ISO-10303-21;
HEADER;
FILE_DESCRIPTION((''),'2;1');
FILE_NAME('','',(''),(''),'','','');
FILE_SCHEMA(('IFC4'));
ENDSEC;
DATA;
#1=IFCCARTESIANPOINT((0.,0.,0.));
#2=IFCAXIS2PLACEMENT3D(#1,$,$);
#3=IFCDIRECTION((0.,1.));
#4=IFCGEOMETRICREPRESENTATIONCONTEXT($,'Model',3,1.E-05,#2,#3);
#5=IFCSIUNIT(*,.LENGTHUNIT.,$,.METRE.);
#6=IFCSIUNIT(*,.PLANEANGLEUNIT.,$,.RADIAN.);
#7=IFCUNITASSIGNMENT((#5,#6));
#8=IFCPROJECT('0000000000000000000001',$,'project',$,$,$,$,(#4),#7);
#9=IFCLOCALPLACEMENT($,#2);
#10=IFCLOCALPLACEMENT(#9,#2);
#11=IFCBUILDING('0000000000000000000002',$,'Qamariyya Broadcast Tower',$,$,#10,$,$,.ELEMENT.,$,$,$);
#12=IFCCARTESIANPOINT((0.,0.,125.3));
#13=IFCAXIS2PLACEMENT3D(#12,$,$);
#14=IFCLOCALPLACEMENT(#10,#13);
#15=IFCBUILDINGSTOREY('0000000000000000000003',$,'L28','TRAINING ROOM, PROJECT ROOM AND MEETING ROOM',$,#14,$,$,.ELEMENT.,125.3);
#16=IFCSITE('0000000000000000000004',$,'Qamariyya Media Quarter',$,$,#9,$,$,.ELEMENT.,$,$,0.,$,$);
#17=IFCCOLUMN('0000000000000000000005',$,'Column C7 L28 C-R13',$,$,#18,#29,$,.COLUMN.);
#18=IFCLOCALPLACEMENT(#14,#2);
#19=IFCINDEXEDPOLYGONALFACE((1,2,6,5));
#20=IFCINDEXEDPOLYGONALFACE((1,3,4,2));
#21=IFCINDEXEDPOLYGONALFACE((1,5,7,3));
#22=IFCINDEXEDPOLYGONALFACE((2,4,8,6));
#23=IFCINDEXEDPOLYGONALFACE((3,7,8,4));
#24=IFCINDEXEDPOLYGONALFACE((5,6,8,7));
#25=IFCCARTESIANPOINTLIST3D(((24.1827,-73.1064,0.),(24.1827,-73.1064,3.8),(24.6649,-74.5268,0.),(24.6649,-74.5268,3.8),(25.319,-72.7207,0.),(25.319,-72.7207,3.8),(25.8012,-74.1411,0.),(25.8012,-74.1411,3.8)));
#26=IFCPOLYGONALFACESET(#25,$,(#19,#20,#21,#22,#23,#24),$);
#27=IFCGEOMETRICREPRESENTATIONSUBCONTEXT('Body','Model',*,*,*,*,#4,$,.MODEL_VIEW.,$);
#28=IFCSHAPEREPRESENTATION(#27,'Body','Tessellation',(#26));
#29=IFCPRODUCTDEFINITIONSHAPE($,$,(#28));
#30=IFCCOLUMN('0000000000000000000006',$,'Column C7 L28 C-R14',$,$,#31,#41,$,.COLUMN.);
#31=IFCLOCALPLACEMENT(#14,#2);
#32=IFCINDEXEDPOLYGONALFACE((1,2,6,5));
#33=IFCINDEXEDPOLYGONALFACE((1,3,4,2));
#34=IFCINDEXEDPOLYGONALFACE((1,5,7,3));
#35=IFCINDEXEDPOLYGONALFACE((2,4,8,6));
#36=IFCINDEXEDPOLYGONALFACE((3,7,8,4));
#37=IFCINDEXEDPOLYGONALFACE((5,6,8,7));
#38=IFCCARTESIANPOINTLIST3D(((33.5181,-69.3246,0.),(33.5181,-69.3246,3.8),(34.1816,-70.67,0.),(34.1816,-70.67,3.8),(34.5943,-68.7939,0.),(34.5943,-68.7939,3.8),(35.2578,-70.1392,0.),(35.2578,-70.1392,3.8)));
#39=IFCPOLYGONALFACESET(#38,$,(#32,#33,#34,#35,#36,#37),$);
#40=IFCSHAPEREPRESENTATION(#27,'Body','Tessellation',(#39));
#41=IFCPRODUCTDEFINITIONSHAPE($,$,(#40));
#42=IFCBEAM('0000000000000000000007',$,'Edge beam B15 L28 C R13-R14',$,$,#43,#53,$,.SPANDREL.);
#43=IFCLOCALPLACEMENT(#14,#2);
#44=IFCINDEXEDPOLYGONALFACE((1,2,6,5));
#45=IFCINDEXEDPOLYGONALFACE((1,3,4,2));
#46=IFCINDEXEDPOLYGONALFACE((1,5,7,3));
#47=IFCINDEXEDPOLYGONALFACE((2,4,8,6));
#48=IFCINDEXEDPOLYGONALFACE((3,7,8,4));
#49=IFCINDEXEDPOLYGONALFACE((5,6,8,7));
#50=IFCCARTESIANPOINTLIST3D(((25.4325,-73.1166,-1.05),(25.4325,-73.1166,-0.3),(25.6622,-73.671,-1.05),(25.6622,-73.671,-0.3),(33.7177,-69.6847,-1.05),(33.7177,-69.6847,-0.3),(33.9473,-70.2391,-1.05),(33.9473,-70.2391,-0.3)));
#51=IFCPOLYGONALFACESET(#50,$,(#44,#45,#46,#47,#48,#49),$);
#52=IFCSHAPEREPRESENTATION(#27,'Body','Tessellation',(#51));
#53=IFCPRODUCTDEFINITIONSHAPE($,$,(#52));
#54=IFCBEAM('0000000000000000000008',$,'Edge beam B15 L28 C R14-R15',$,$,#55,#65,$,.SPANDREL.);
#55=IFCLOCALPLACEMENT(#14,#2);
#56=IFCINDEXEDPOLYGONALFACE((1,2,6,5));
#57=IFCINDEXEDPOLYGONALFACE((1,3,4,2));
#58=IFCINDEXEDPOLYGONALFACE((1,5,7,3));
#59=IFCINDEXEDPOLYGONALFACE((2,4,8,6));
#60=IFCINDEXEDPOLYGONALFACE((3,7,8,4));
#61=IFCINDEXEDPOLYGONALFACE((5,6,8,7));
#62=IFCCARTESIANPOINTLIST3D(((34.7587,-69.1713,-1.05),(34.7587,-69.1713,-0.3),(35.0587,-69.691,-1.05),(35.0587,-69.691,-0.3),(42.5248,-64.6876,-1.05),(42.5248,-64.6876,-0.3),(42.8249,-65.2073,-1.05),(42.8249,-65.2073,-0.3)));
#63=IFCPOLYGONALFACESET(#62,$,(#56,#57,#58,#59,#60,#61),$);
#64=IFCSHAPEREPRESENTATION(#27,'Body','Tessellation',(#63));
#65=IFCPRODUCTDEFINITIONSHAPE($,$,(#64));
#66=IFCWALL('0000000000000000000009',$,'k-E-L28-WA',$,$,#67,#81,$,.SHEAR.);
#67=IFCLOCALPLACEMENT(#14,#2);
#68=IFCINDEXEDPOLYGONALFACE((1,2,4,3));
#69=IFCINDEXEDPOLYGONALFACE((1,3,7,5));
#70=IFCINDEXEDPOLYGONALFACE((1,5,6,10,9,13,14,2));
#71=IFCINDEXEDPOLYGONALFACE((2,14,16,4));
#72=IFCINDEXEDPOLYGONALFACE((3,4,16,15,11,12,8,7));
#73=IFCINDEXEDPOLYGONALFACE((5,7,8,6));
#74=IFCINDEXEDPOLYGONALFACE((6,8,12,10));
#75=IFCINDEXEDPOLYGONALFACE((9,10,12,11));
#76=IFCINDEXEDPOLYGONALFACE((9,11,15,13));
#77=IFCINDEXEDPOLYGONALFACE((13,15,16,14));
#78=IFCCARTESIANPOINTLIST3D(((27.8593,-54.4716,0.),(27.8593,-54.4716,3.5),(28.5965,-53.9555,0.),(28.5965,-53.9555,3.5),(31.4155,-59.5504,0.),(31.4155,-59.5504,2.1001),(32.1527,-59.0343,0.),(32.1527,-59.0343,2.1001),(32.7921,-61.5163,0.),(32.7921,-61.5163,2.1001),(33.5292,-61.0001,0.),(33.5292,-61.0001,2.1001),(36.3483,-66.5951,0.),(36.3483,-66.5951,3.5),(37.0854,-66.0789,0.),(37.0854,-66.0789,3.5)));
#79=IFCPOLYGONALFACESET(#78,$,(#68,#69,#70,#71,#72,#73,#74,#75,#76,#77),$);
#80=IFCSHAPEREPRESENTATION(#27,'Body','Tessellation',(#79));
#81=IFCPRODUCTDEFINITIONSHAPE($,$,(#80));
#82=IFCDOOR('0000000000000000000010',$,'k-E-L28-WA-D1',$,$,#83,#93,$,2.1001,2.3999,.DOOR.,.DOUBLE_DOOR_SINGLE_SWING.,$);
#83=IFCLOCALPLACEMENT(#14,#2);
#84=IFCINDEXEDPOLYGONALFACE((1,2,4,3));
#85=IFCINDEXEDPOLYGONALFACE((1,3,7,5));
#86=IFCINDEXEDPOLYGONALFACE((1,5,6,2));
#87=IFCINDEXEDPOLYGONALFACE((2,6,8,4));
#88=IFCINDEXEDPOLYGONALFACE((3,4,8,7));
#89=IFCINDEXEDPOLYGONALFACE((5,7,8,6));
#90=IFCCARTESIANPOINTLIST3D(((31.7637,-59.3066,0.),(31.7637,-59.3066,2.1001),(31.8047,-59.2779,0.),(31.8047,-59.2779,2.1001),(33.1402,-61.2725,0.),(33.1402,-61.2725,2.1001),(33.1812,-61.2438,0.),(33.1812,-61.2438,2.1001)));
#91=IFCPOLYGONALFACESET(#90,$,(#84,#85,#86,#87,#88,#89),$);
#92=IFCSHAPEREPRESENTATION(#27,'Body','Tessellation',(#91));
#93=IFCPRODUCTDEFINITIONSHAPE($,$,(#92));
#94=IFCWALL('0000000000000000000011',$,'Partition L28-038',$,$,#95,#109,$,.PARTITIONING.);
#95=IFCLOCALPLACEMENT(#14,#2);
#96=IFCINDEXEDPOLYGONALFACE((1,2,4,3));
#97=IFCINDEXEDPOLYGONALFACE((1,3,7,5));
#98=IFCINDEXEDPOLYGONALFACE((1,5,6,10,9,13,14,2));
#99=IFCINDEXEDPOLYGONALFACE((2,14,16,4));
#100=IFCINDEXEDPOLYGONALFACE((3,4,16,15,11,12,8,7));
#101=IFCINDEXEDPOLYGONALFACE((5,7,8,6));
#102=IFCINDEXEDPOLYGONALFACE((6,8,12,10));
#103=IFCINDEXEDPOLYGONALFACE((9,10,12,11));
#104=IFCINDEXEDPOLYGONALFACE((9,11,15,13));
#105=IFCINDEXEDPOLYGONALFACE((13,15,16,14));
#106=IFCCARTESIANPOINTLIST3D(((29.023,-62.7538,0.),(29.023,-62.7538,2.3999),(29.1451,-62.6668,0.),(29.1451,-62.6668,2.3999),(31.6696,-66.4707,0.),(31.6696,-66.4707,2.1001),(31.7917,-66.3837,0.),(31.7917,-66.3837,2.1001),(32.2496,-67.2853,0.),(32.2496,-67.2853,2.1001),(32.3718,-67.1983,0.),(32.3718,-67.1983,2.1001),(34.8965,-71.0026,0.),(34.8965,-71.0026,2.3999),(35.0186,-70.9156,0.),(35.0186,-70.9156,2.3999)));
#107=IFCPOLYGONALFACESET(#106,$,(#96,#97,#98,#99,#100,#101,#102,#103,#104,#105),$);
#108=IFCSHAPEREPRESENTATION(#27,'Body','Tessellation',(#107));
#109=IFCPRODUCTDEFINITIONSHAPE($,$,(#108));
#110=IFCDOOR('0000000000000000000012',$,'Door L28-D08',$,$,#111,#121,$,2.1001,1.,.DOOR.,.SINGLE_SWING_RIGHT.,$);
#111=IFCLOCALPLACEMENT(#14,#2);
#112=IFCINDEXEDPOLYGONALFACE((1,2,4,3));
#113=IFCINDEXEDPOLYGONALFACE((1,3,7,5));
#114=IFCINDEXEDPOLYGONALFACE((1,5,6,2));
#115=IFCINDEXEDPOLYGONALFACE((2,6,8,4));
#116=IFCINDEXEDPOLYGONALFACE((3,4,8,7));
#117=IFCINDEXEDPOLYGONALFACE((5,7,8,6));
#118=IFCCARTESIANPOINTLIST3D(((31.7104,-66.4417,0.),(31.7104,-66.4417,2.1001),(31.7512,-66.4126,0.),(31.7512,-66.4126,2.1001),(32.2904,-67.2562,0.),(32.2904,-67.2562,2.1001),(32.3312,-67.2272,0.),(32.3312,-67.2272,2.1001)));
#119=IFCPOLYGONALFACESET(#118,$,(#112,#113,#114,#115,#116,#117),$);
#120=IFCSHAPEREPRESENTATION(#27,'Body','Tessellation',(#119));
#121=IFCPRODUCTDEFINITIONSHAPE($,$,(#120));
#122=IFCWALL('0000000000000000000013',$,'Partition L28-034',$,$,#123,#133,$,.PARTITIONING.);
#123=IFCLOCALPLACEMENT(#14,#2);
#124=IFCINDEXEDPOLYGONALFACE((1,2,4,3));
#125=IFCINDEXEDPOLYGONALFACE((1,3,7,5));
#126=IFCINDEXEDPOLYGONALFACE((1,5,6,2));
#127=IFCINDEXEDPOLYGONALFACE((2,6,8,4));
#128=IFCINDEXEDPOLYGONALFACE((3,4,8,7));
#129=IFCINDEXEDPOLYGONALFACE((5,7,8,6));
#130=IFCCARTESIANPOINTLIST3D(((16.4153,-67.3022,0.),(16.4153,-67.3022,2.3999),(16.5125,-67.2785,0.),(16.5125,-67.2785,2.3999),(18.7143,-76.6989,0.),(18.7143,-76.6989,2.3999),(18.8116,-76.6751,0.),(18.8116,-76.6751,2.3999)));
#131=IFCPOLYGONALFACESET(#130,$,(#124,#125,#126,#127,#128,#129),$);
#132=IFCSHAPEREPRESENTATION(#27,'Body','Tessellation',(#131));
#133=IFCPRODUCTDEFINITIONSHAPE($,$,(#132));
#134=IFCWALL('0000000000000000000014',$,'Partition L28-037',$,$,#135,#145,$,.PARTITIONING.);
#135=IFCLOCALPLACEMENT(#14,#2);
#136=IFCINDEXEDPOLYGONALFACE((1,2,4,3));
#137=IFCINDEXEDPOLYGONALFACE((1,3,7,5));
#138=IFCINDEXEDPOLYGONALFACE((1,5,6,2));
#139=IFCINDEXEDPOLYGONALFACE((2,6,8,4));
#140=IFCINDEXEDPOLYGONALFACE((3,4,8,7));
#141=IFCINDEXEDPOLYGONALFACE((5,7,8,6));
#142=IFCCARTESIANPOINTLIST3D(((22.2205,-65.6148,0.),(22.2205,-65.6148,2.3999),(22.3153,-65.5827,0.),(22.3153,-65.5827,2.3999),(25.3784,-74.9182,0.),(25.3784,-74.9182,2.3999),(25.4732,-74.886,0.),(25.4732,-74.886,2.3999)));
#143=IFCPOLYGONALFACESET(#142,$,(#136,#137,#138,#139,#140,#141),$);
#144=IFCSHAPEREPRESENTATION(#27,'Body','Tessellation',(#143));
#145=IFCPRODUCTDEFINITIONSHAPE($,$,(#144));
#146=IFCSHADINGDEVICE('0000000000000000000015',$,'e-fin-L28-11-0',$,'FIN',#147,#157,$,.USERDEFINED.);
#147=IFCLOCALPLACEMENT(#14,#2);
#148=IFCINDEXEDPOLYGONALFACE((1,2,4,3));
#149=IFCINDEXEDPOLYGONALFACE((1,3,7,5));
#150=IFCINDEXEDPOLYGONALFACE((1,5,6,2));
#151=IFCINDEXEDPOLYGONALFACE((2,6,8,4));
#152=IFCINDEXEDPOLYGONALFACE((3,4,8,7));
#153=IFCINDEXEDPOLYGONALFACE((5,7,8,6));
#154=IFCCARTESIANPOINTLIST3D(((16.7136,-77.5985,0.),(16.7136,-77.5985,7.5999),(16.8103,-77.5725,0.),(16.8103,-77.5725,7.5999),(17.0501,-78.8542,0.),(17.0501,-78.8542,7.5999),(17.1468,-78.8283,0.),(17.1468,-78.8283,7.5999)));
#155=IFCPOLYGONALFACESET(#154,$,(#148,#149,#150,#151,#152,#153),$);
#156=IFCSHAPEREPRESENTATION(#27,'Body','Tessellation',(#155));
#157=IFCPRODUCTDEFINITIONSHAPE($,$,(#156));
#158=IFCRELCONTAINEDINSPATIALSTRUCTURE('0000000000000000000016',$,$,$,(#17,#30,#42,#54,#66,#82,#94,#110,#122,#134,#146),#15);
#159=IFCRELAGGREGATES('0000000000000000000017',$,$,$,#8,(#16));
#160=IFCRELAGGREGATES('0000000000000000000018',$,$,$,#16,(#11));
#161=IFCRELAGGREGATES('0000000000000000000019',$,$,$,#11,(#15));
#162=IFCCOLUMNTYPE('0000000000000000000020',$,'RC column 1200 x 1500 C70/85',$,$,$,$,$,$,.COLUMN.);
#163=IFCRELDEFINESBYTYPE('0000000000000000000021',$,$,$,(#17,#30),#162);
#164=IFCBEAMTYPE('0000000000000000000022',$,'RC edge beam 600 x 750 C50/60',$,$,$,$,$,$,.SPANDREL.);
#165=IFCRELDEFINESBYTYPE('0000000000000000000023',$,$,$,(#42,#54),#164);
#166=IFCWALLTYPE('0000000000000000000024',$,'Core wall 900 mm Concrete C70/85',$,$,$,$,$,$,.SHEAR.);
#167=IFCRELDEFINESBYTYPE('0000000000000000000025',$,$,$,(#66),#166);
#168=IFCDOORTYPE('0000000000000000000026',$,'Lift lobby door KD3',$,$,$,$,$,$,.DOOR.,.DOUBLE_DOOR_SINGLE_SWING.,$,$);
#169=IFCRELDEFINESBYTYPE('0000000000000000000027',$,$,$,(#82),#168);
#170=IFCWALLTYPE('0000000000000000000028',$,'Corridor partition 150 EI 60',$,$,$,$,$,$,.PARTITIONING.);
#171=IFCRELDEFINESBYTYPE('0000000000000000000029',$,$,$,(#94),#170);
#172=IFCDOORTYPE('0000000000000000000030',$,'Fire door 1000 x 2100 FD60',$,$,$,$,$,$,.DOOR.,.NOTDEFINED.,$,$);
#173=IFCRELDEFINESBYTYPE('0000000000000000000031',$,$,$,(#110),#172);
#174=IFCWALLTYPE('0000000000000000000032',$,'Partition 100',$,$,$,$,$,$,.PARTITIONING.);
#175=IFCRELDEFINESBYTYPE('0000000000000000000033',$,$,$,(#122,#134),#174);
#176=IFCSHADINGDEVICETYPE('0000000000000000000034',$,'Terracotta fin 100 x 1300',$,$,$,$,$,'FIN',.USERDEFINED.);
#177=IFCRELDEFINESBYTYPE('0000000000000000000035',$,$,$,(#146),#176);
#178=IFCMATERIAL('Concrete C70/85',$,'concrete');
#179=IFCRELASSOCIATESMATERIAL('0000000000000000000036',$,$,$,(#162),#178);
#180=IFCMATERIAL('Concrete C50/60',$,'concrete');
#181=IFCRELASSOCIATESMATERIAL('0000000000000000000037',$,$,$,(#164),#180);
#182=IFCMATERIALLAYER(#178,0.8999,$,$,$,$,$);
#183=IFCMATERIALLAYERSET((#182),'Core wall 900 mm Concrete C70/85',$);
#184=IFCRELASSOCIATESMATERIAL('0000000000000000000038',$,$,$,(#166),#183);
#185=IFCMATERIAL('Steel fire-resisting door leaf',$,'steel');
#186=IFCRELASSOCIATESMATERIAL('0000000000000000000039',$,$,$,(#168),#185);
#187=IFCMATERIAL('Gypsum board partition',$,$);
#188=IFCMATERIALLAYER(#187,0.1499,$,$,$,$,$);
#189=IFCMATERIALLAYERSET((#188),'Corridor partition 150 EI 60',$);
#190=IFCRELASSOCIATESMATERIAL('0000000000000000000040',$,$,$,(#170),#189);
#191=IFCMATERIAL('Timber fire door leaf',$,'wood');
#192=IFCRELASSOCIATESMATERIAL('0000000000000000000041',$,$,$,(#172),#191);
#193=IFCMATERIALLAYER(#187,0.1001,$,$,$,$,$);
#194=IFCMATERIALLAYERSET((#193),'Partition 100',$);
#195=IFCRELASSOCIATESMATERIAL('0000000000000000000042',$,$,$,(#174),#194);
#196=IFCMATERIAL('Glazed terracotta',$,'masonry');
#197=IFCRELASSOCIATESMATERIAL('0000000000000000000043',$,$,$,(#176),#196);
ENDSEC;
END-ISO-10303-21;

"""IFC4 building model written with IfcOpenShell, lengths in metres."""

from ifc_helpers import new_model, si_unit, direction, frame, frame_2d, origin, origin_2d, place, context, subcontext, project, spatial, rectangle, extrude, material, layer, layer_set, material_profile, profile_set, type_object, element, fill, save


model = new_model("IFC4")

# Units and contexts
model_context = context("Model", 3, precision=1e-05, world=origin(), true_north=direction((0.0, 1.0)))
body_context = subcontext(model_context, "Body", "Model", "MODEL_VIEW")
ifc_project = project(units=[si_unit("LENGTHUNIT", "METRE"), si_unit("PLANEANGLEUNIT", "RADIAN")], contexts=[model_context])

# Site, building, storey
site_placement = place(None, origin())
site = spatial("IfcSite", under=ifc_project, at=site_placement, Name="Qamariyya Media Quarter", CompositionType="ELEMENT", RefElevation=0.0)
building_placement = place(site_placement, origin())
building = spatial("IfcBuilding", under=site, at=building_placement, Name="Qamariyya Broadcast Tower", CompositionType="ELEMENT")
storey_placement = place(building_placement, frame((0.0, 0.0, 125.3)))
storey = spatial("IfcBuildingStorey", under=building, at=storey_placement, Name="L28", Description="TRAINING ROOM, PROJECT ROOM AND MEETING ROOM", CompositionType="ELEMENT", Elevation=125.3)

# Columns
ifc_material_1 = material(Name="Concrete C70/85", Category="concrete")
ifc_material_profile_1 = material_profile(ifc_material_1, rectangle(XDim=1.2, YDim=1.5, at=origin_2d()))
ifc_profile_set_1 = profile_set([ifc_material_profile_1], Name="Concrete C70/85")
column_type = type_object("IfcColumnType", Name="RC column 1200 x 1500 C70/85", PredefinedType="COLUMN", material=ifc_profile_set_1)
for number, where, z_axis, x_axis, name in (
    (1, (24.9919, -73.6238, 0.0), (0.0, 0.0, 1.0), (0.94693, 0.321439, 0.0), "Column C7 L28 C-R13"),
    (2, (34.3879, -69.7319, 0.0), (0.0, 0.0, 1.0), (0.896873, 0.442289, 0.0), "Column C7 L28 C-R14"),
):
    element("IfcColumn", number, at=place(storey_placement, frame(where, z_axis=z_axis, x_axis=x_axis)), inside=storey, type_object=column_type, Name=name, PredefinedType="COLUMN", context=body_context, shape_type="SweptSolid", body=[
        extrude(rectangle(XDim=1.2, YDim=1.5, at=origin_2d()), origin(), (0.0, 0.0, 1.0), 3.8),
    ])

# Beams
ifc_material_2 = material(Name="Concrete C50/60", Category="concrete")
ifc_material_profile_2 = material_profile(ifc_material_2, rectangle(XDim=0.6001, YDim=0.75, at=origin_2d()))
ifc_profile_set_2 = profile_set([ifc_material_profile_2], Name="Concrete C50/60")
beam_type = type_object("IfcBeamType", Name="RC edge beam 600 x 750 C50/60", PredefinedType="SPANDREL", material=ifc_profile_set_2)
beam_1_placement = place(storey_placement, frame((25.5474, -73.3938, -0.675), z_axis=(0.923877, 0.382689, 0.0), x_axis=(-0.382689, 0.923877, 0.0)))
element("IfcBeam", 3, at=beam_1_placement, inside=storey, type_object=beam_type, Name="Edge beam B15 L28 C R13-R14", PredefinedType="SPANDREL", context=body_context, shape_type="SweptSolid", body=[
    extrude(rectangle(XDim=0.6001, YDim=0.75, at=origin_2d()), origin(), (0.0, 0.0, 1.0), 8.9678),
])
beam_2_placement = place(storey_placement, frame((34.9087, -69.4312, -0.675), z_axis=(0.866031, 0.49999, 0.0), x_axis=(-0.49999, 0.866031, 0.0)))
element("IfcBeam", 4, at=beam_2_placement, inside=storey, type_object=beam_type, Name="Edge beam B15 L28 C R14-R15", PredefinedType="SPANDREL", context=body_context, shape_type="SweptSolid", body=[
    extrude(rectangle(XDim=0.6001, YDim=0.75, at=origin_2d()), origin(), (0.0, 0.0, 1.0), 8.9675),
])

# Walls, openings, doors
ifc_layer_1 = layer(ifc_material_1, 0.8999)
ifc_layer_set_1 = layer_set([ifc_layer_1], Name="Core wall 900 mm Concrete C70/85")
wall_type_1 = type_object("IfcWallType", Name="Core wall 900 mm Concrete C70/85", PredefinedType="SHEAR", material=ifc_layer_set_1)
wall_1_placement = place(storey_placement, frame((36.7168, -66.3369, 0.0), z_axis=(0.0, 0.0, 1.0), x_axis=(-0.573577, 0.819151, 0.0)))
wall_1 = element("IfcWall", 5, at=wall_1_placement, inside=storey, type_object=wall_type_1, Name="k-E-L28-WA", PredefinedType="SHEAR", context=body_context, shape_type="SweptSolid", body=[
    extrude(rectangle(XDim=14.8, YDim=0.8999, at=frame_2d((7.3999, 0.0))), origin(), (0.0, 0.0, 1.0), 3.5),
])
opening_1_placement = place(wall_1_placement, frame((6.2, 0.0, 0.0)))
opening_1 = element("IfcOpeningElement", 6, at=opening_1_placement, cuts=wall_1, PredefinedType="OPENING", context=body_context, shape_type="SweptSolid", body=[
    extrude(rectangle(XDim=2.3999, YDim=2.1001, at=frame_2d((1.2, 1.05))), frame((0.0, 0.46, 0.0), z_axis=(0.0, -1.0, 0.0), x_axis=(1.0, 0.0, 0.0)), (0.0, 0.0, 1.0), 0.9199),
])
ifc_material_3 = material(Name="Steel fire-resisting door leaf", Category="steel")
door_type_1 = type_object("IfcDoorType", Name="Lift lobby door KD3", OperationType="DOUBLE_DOOR_SINGLE_SWING", PredefinedType="DOOR", material=ifc_material_3)
door_1_placement = place(opening_1_placement, origin())
door_1 = element("IfcDoor", 7, at=door_1_placement, inside=storey, type_object=door_type_1, Name="k-E-L28-WA-D1", OperationType="DOUBLE_DOOR_SINGLE_SWING", OverallHeight=2.1001, OverallWidth=2.3999, PredefinedType="DOOR", context=body_context, shape_type="SweptSolid", body=[
    extrude(rectangle(XDim=2.3999, YDim=2.1001, at=frame_2d((1.2, 1.05))), frame((0.0, 0.0249, 0.0), z_axis=(0.0, -1.0, 0.0), x_axis=(1.0, 0.0, 0.0)), (0.0, 0.0, 1.0), 0.05),
])
fill(opening_1, door_1)
ifc_material_4 = material(Name="Gypsum board partition")
ifc_layer_2 = layer(ifc_material_4, 0.1499)
ifc_layer_set_2 = layer_set([ifc_layer_2], Name="Corridor partition 150 EI 60")
wall_type_2 = type_object("IfcWallType", Name="Corridor partition 150 EI 60", PredefinedType="PARTITIONING", material=ifc_layer_set_2)
wall_2_placement = place(storey_placement, frame((34.9575, -70.959, 0.0), z_axis=(0.0, 0.0, 1.0), x_axis=(-0.580031, 0.814594, 0.0)))
wall_2 = element("IfcWall", 8, at=wall_2_placement, inside=storey, type_object=wall_type_2, Name="Partition L28-038", PredefinedType="PARTITIONING", context=body_context, shape_type="SweptSolid", body=[
    extrude(rectangle(XDim=10.1262, YDim=0.1499, at=frame_2d((5.063, 0.0))), origin(), (0.0, 0.0, 1.0), 2.3999),
])
opening_2_placement = place(wall_2_placement, frame((4.5632, 0.0, 0.0)))
opening_2 = element("IfcOpeningElement", 9, at=opening_2_placement, cuts=wall_2, PredefinedType="OPENING", context=body_context, shape_type="SweptSolid", body=[
    extrude(rectangle(XDim=1.0, YDim=2.1001, at=frame_2d((0.5, 1.05))), frame((0.0, 0.085, 0.0), z_axis=(0.0, -1.0, 0.0), x_axis=(1.0, 0.0, 0.0)), (0.0, 0.0, 1.0), 0.1699),
])
ifc_material_5 = material(Name="Timber fire door leaf", Category="wood")
door_type_2 = type_object("IfcDoorType", Name="Fire door 1000 x 2100 FD60", OperationType="NOTDEFINED", PredefinedType="DOOR", material=ifc_material_5)
door_2_placement = place(opening_2_placement, origin())
door_2 = element("IfcDoor", 10, at=door_2_placement, inside=storey, type_object=door_type_2, Name="Door L28-D08", OperationType="SINGLE_SWING_RIGHT", OverallHeight=2.1001, OverallWidth=1.0, PredefinedType="DOOR", context=body_context, shape_type="SweptSolid", body=[
    extrude(rectangle(XDim=1.0, YDim=2.1001, at=frame_2d((0.5, 1.05))), frame((0.0, 0.0249, 0.0), z_axis=(0.0, -1.0, 0.0), x_axis=(1.0, 0.0, 0.0)), (0.0, 0.0, 1.0), 0.05),
])
fill(opening_2, door_2)

# Walls
ifc_layer_3 = layer(ifc_material_4, 0.1001)
ifc_layer_set_3 = layer_set([ifc_layer_3], Name="Partition 100")
wall_type_3 = type_object("IfcWallType", Name="Partition 100", PredefinedType="PARTITIONING", material=ifc_layer_set_3)
wall_3_placement = place(storey_placement, frame((18.7629, -76.687, 0.0), z_axis=(0.0, 0.0, 1.0), x_axis=(-0.237657, 0.971349, 0.0)))
element("IfcWall", 11, at=wall_3_placement, inside=storey, type_object=wall_type_3, Name="Partition L28-034", PredefinedType="PARTITIONING", context=body_context, shape_type="SweptSolid", body=[
    extrude(rectangle(XDim=9.6738, YDim=0.1001, at=frame_2d((4.8369, 0.0))), origin(), (0.0, 0.0, 1.0), 2.3999),
])
wall_4_placement = place(storey_placement, frame((25.4258, -74.9021, 0.0), z_axis=(0.0, 0.0, 1.0), x_axis=(-0.321426, 0.946935, 0.0)))
element("IfcWall", 12, at=wall_4_placement, inside=storey, type_object=wall_type_3, Name="Partition L28-037", PredefinedType="PARTITIONING", context=body_context, shape_type="SweptSolid", body=[
    extrude(rectangle(XDim=9.8247, YDim=0.1001, at=frame_2d((4.9124, 0.0))), origin(), (0.0, 0.0, 1.0), 2.3999),
])

# Shading device
ifc_material_6 = material(Name="Glazed terracotta", Category="masonry")
ifc_material_profile_3 = material_profile(ifc_material_6, rectangle(XDim=1.3, YDim=0.1001, at=origin_2d()))
ifc_profile_set_3 = profile_set([ifc_material_profile_3], Name="Glazed terracotta")
shading_device_type = type_object("IfcShadingDeviceType", Name="Terracotta fin 100 x 1300", ElementType="FIN", PredefinedType="USERDEFINED", material=ifc_profile_set_3)
shading_device_placement = place(storey_placement, frame((16.9302, -78.2134, 0.0), z_axis=(0.0, 0.0, 1.0), x_axis=(0.258819, -0.965926, 0.0)))
element("IfcShadingDevice", 13, at=shading_device_placement, inside=storey, type_object=shading_device_type, Name="e-fin-L28-11-0", ObjectType="FIN", PredefinedType="USERDEFINED", context=body_context, shape_type="SweptSolid", body=[
    extrude(rectangle(XDim=1.3, YDim=0.1001, at=origin_2d()), origin(), (0.0, 0.0, 1.0), 7.5999),
])

save(model, "model.ifc")
